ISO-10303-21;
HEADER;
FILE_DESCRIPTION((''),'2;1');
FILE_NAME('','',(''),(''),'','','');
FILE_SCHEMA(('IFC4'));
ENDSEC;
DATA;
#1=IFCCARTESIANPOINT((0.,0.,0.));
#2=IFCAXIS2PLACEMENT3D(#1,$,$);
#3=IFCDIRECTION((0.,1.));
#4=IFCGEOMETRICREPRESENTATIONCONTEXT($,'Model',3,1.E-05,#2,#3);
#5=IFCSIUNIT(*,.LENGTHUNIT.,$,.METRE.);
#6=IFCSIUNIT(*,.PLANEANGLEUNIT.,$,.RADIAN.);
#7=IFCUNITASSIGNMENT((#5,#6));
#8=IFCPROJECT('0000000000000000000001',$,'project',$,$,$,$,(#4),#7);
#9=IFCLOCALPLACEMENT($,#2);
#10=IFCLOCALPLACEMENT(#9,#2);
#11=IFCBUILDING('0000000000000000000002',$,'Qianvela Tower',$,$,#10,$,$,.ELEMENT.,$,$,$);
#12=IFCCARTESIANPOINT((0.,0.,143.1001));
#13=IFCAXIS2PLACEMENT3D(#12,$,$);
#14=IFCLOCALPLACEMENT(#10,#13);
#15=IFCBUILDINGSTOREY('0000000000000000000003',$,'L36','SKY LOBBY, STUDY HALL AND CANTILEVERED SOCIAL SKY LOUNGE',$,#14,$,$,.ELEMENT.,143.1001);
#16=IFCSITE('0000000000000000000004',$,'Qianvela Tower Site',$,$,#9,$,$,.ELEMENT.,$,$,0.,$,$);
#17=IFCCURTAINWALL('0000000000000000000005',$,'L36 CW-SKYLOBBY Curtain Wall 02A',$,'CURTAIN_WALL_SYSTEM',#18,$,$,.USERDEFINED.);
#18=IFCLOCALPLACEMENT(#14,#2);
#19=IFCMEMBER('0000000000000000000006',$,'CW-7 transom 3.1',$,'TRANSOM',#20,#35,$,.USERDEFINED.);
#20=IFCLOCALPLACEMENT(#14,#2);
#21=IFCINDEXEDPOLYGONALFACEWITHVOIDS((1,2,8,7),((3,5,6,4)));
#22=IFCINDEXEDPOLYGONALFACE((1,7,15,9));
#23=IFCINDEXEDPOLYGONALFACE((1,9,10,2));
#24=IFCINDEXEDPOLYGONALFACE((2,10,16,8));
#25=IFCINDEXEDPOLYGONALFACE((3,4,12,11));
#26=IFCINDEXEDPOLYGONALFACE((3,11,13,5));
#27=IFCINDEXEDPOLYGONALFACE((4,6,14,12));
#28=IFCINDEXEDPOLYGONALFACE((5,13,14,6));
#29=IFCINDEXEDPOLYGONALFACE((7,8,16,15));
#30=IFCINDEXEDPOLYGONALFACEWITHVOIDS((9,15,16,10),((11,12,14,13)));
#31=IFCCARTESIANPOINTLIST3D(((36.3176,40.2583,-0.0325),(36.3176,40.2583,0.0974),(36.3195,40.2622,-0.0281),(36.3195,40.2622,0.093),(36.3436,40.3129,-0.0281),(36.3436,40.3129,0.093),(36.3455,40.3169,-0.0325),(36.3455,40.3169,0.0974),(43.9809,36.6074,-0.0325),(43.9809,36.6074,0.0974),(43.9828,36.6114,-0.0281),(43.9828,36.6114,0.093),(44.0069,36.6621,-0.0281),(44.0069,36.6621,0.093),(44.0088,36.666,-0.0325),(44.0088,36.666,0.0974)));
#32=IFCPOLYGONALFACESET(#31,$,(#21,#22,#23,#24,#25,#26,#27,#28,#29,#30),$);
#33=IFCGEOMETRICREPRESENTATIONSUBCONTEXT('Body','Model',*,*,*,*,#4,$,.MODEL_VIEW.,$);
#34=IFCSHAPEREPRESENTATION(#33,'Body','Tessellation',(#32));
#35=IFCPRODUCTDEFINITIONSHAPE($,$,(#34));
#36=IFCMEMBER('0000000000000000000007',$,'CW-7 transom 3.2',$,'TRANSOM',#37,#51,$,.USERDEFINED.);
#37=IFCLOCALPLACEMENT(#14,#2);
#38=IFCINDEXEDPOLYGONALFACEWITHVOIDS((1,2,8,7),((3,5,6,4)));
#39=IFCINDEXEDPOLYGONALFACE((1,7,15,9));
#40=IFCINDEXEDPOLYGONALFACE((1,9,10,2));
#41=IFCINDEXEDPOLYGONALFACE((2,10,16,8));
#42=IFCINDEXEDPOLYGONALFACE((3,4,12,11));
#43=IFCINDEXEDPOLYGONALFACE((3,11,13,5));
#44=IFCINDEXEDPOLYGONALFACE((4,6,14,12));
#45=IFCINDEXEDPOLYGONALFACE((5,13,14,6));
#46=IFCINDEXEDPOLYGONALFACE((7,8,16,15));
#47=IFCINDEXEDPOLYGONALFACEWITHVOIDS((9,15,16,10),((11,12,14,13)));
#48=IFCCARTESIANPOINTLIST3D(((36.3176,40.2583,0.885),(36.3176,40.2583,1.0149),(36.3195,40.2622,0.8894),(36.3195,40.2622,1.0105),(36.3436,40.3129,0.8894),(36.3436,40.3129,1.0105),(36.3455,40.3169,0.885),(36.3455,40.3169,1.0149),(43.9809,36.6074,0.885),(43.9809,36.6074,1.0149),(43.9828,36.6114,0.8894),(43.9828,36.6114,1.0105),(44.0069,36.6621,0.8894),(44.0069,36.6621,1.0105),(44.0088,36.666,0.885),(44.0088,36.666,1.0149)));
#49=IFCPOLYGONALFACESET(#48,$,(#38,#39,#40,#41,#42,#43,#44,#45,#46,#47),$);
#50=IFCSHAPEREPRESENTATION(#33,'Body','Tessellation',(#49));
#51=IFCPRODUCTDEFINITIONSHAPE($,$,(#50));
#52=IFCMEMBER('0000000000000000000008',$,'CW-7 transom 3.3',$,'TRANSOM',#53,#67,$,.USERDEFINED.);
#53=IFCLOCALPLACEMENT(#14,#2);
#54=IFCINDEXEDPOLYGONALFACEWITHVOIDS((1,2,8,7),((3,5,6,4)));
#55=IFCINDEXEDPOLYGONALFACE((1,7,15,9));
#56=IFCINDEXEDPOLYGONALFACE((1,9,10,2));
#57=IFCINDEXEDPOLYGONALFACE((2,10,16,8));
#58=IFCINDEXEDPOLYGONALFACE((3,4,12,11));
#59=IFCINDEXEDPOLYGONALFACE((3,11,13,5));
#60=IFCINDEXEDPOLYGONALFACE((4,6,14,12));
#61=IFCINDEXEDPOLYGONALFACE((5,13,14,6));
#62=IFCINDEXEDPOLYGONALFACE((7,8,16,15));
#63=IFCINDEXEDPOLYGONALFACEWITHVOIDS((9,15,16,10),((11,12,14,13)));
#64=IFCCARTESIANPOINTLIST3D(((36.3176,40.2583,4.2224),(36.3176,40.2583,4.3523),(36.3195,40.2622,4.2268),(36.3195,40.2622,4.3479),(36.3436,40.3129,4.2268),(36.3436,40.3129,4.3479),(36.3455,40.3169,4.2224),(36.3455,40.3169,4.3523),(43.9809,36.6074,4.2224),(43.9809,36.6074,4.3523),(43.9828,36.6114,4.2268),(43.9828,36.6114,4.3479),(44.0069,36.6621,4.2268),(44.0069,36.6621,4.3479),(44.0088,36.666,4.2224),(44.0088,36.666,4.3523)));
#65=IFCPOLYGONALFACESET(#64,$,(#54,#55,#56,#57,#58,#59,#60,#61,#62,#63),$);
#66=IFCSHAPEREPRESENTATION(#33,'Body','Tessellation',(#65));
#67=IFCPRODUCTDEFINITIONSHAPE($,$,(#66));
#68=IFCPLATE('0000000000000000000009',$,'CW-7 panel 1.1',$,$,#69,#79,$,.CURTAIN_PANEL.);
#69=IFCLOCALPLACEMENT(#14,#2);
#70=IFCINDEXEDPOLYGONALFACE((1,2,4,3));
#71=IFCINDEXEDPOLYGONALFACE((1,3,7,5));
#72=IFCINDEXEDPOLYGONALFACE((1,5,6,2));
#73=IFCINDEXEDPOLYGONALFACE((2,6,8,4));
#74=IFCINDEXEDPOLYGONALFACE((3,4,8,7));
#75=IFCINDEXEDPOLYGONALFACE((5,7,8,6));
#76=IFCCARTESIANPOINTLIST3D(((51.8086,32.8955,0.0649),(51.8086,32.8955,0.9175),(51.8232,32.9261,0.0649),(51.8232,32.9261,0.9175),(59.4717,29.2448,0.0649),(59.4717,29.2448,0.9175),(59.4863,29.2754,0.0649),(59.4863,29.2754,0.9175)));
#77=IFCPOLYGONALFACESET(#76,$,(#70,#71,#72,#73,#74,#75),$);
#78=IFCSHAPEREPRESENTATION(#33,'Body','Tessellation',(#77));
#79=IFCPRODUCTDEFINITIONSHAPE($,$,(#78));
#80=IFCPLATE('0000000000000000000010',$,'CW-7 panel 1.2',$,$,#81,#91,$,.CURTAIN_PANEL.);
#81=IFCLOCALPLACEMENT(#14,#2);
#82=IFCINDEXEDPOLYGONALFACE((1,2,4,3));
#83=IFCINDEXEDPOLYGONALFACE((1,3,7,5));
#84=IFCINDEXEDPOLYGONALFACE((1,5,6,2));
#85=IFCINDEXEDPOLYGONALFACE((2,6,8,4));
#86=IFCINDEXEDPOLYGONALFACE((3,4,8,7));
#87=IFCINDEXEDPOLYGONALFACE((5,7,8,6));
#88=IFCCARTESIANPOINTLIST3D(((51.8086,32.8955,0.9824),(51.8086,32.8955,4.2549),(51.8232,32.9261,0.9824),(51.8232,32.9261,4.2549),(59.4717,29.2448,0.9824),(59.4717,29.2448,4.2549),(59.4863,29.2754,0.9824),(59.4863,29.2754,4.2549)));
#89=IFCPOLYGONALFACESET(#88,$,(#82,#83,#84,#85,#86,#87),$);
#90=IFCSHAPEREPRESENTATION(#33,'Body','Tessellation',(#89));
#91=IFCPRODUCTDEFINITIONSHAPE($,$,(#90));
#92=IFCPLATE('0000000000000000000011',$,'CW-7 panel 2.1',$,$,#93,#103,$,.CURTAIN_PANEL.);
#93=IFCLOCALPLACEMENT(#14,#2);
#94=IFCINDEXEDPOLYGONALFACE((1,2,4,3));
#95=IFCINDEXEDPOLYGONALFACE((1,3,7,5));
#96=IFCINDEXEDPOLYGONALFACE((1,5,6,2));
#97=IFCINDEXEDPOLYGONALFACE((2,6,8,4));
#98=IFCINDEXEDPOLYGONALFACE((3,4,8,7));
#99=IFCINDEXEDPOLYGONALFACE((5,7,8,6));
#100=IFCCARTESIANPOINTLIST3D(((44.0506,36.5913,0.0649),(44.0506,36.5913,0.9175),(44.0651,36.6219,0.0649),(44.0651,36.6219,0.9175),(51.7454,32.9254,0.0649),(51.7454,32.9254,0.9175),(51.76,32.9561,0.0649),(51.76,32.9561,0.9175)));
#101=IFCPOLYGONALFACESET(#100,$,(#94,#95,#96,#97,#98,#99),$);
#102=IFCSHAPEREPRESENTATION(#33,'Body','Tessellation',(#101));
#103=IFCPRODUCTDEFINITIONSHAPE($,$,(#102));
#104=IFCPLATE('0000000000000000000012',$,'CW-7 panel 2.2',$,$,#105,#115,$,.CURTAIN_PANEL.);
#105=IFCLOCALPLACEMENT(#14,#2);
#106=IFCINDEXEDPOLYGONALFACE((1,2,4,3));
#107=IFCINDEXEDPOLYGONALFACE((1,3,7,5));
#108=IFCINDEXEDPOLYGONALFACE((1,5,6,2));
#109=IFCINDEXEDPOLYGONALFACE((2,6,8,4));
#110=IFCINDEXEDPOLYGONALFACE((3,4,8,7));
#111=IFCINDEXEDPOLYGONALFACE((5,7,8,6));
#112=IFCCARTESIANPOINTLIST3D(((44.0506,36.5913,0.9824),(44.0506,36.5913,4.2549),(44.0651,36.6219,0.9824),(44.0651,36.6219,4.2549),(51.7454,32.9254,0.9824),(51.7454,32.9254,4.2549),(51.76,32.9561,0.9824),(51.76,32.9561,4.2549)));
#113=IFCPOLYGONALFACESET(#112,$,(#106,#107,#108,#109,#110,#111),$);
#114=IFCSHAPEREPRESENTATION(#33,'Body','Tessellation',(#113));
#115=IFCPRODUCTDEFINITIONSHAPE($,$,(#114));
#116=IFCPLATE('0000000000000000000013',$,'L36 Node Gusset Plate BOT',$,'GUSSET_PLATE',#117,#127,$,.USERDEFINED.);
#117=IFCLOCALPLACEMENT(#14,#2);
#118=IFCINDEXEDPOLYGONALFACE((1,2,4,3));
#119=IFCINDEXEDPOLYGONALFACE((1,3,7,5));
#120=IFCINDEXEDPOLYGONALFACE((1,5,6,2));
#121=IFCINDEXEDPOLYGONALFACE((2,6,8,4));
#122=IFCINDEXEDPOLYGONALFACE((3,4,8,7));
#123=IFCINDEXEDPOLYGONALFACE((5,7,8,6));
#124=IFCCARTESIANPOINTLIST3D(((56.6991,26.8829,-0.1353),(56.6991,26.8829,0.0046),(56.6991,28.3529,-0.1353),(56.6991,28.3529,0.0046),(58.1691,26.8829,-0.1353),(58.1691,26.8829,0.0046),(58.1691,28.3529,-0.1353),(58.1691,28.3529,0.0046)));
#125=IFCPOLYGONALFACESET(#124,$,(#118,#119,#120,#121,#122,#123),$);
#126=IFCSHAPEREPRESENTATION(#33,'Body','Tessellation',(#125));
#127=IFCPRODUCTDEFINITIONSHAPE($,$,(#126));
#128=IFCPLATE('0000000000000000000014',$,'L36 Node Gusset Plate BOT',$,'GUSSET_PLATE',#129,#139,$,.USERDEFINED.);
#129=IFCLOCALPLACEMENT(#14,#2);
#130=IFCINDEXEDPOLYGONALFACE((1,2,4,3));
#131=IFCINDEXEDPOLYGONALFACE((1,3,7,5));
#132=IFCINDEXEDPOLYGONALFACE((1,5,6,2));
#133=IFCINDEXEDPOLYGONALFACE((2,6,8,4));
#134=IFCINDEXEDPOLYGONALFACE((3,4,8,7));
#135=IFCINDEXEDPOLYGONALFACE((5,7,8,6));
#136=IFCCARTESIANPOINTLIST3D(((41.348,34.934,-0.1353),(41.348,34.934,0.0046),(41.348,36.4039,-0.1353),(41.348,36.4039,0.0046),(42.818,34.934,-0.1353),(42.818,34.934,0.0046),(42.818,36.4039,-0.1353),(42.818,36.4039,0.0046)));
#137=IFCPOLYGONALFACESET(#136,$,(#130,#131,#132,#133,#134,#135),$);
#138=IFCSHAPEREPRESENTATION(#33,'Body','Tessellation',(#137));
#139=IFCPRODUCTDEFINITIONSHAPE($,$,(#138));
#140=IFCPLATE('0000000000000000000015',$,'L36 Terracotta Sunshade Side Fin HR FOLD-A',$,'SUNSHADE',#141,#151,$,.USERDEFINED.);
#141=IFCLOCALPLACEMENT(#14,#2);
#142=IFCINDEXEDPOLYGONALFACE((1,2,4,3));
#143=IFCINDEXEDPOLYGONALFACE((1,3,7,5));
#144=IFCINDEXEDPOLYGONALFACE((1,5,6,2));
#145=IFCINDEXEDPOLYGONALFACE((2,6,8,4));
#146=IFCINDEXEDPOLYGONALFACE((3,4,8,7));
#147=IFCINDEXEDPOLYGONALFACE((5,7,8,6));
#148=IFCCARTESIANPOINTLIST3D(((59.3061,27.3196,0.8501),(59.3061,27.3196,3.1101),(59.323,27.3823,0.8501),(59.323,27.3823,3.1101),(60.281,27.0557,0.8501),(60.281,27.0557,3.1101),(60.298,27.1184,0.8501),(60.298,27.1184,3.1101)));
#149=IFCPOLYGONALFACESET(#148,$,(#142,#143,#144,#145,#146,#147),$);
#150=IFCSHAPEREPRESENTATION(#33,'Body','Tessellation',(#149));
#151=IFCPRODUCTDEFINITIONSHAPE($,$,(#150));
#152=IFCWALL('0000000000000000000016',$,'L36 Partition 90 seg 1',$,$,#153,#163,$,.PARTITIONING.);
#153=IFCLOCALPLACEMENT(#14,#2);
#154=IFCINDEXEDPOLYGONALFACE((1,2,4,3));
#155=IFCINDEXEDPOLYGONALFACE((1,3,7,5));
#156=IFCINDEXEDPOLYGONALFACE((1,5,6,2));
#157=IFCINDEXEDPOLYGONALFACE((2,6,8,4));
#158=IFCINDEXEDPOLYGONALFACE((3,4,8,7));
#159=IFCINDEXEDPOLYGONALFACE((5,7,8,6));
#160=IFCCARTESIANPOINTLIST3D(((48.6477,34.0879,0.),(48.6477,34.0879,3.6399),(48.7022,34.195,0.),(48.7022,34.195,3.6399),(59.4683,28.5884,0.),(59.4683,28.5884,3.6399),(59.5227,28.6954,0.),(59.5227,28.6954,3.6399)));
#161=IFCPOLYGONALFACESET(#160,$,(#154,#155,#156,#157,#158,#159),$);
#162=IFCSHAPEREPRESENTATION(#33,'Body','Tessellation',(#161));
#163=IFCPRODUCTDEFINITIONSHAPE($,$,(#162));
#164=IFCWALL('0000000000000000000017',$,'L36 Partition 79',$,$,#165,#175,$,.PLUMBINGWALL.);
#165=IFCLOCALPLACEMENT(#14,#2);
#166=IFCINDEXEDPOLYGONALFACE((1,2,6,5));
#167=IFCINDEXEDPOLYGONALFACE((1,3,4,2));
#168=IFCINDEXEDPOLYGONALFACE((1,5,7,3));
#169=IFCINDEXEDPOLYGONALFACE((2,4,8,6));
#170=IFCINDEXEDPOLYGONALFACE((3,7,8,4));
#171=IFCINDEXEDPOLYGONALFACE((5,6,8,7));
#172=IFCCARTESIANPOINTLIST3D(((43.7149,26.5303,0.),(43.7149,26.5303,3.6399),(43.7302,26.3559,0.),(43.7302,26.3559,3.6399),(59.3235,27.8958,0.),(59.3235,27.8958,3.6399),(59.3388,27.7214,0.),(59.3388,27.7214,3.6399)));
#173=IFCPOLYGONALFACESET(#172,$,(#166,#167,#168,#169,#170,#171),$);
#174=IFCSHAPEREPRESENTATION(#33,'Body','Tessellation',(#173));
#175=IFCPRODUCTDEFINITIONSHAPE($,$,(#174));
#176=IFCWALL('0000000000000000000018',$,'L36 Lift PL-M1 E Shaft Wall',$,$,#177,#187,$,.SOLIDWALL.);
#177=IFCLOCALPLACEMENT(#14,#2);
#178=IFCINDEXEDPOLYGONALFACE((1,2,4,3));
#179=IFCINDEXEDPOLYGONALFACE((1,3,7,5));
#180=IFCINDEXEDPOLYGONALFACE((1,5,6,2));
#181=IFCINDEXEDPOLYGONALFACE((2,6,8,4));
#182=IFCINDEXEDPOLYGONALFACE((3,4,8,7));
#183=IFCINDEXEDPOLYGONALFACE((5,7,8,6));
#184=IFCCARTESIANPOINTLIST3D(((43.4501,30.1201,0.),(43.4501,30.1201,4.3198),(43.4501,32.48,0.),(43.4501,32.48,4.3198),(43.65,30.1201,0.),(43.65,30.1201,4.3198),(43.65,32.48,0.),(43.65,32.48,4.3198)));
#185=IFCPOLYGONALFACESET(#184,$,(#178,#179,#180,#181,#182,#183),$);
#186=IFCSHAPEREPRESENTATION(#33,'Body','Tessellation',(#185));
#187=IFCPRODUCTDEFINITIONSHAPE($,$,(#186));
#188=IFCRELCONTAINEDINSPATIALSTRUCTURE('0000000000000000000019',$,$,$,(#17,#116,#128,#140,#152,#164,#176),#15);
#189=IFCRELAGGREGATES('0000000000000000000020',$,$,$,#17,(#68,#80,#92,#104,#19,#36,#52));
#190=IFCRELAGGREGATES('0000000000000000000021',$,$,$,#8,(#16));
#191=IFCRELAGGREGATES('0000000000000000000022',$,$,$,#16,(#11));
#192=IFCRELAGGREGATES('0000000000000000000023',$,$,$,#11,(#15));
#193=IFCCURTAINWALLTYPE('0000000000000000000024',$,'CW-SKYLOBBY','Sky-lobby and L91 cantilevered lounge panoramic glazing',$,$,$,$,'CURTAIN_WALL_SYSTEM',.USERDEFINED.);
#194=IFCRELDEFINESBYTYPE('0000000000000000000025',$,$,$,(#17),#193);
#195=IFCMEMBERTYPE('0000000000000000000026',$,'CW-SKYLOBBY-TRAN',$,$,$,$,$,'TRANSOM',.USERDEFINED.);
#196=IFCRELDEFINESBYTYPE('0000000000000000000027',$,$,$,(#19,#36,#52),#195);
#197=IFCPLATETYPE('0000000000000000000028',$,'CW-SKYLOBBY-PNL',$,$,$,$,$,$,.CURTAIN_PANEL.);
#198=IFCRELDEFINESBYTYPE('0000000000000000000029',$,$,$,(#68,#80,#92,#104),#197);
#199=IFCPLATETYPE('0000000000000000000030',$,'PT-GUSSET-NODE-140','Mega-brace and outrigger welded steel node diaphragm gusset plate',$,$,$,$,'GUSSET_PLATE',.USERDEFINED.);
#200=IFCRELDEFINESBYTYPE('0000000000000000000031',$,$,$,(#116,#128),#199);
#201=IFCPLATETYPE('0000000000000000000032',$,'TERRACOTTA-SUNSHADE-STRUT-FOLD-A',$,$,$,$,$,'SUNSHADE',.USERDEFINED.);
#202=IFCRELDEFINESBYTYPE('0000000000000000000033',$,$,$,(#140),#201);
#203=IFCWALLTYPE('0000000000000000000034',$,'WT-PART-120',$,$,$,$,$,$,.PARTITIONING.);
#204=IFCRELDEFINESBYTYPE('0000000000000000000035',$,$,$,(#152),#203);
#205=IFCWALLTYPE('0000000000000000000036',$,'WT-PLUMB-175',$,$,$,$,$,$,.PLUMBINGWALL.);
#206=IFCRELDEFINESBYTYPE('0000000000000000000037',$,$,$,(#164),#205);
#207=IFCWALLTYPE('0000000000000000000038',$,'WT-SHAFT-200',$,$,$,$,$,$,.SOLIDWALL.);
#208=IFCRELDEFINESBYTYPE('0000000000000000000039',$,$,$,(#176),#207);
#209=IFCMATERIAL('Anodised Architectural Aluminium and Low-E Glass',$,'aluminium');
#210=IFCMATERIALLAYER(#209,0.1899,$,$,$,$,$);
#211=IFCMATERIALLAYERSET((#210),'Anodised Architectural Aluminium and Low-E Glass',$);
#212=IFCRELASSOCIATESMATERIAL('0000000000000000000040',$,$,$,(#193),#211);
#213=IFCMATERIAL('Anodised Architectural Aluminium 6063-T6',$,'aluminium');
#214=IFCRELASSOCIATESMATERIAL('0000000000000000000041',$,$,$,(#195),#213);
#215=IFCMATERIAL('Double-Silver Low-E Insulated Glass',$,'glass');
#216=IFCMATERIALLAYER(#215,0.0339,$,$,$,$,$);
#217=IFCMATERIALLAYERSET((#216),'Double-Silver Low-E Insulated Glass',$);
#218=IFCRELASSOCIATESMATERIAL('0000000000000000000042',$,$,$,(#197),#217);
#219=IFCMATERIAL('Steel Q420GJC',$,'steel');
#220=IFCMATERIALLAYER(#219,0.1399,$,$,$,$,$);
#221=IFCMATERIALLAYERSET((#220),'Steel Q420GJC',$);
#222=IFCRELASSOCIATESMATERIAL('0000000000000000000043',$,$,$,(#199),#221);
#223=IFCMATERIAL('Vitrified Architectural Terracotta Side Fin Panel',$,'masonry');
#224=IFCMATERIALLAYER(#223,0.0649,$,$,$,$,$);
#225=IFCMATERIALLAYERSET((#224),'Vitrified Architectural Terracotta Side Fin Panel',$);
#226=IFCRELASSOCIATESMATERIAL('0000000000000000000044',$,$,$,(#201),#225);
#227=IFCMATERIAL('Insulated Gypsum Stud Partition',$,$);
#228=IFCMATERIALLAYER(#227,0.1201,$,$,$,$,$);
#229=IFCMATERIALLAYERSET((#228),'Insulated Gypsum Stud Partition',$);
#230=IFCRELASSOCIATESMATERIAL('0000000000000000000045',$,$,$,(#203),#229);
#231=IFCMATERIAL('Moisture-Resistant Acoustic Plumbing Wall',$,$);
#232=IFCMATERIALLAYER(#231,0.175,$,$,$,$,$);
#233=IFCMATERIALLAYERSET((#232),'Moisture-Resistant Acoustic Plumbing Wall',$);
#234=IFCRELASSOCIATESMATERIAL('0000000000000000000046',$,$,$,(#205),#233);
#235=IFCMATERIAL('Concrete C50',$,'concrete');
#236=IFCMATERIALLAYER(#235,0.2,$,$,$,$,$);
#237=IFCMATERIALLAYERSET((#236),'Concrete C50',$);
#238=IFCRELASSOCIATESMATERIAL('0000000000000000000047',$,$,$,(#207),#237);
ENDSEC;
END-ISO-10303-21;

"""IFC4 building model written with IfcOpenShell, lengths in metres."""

from ifc_helpers import new_model, si_unit, direction, frame, frame_2d, origin, origin_2d, place, context, subcontext, project, spatial, rectangle, hollow_rectangle, extrude, material, layer, layer_set, material_profile, profile_set, type_object, element, aggregate, save


model = new_model("IFC4")

# Units and contexts
model_context = context("Model", 3, precision=1e-05, world=origin(), true_north=direction((0.0, 1.0)))
body_context = subcontext(model_context, "Body", "Model", "MODEL_VIEW")
ifc_project = project(units=[si_unit("LENGTHUNIT", "METRE"), si_unit("PLANEANGLEUNIT", "RADIAN")], contexts=[model_context])

# Site, building, storey
site_placement = place(None, origin())
site = spatial("IfcSite", under=ifc_project, at=site_placement, Name="Qianvela Tower Site", CompositionType="ELEMENT", RefElevation=0.0)
building_placement = place(site_placement, origin())
building = spatial("IfcBuilding", under=site, at=building_placement, Name="Qianvela Tower", CompositionType="ELEMENT")
storey_placement = place(building_placement, frame((0.0, 0.0, 143.1001)))
storey = spatial("IfcBuildingStorey", under=building, at=storey_placement, Name="L36", Description="SKY LOBBY, STUDY HALL AND CANTILEVERED SOCIAL SKY LOUNGE", CompositionType="ELEMENT", Elevation=143.1001)

# Curtain wall, members, plates
ifc_material_1 = material(Name="Anodised Architectural Aluminium and Low-E Glass", Category="aluminium")
ifc_layer_1 = layer(ifc_material_1, 0.1899)
ifc_layer_set_1 = layer_set([ifc_layer_1], Name="Anodised Architectural Aluminium and Low-E Glass")
curtain_wall_type = type_object("IfcCurtainWallType", Name="CW-SKYLOBBY", Description="Sky-lobby and L91 cantilevered lounge panoramic glazing", ElementType="CURTAIN_WALL_SYSTEM", PredefinedType="USERDEFINED", material=ifc_layer_set_1)
curtain_wall_placement = place(storey_placement, origin())
curtain_wall = element("IfcCurtainWall", 1, at=curtain_wall_placement, inside=storey, type_object=curtain_wall_type, Name="L36 CW-SKYLOBBY Curtain Wall 02A", ObjectType="CURTAIN_WALL_SYSTEM", PredefinedType="USERDEFINED")
ifc_material_2 = material(Name="Anodised Architectural Aluminium 6063-T6", Category="aluminium")
ifc_material_profile_1 = material_profile(ifc_material_2, hollow_rectangle(XDim=0.0649, YDim=0.1299, WallThickness=0.0044, at=origin_2d()), Name="ALU-TRAN-65x130")
ifc_profile_set_1 = profile_set([ifc_material_profile_1], Name="Anodised Architectural Aluminium 6063-T6")
member_type_1 = type_object("IfcMemberType", Name="CW-SKYLOBBY-TRAN", ElementType="TRANSOM", PredefinedType="USERDEFINED", material=ifc_profile_set_1)
member_1_placement = place(storey_placement, frame((43.9949, 36.6367, 0.0325), z_axis=(-0.902784, 0.430094, 0.0), x_axis=(-0.430094, -0.902784, 0.0)))
member_1 = element("IfcMember", 2, at=member_1_placement, type_object=member_type_1, Name="CW-7 transom 3.1", ObjectType="TRANSOM", PredefinedType="USERDEFINED", context=body_context, shape_type="SweptSolid", body=[
    extrude(hollow_rectangle(XDim=0.0649, YDim=0.1299, WallThickness=0.0044, at=origin_2d()), origin(), (0.0, 0.0, 1.0), 8.4885),
])
member_2_placement = place(storey_placement, frame((43.9949, 36.6367, 0.95), z_axis=(-0.902784, 0.430094, 0.0), x_axis=(-0.430094, -0.902784, 0.0)))
member_2 = element("IfcMember", 3, at=member_2_placement, type_object=member_type_1, Name="CW-7 transom 3.2", ObjectType="TRANSOM", PredefinedType="USERDEFINED", context=body_context, shape_type="SweptSolid", body=[
    extrude(hollow_rectangle(XDim=0.0649, YDim=0.1299, WallThickness=0.0044, at=origin_2d()), origin(), (0.0, 0.0, 1.0), 8.4885),
])
member_3_placement = place(storey_placement, frame((43.9949, 36.6367, 4.2874), z_axis=(-0.902784, 0.430094, 0.0), x_axis=(-0.430094, -0.902784, 0.0)))
member_3 = element("IfcMember", 4, at=member_3_placement, type_object=member_type_1, Name="CW-7 transom 3.3", ObjectType="TRANSOM", PredefinedType="USERDEFINED", context=body_context, shape_type="SweptSolid", body=[
    extrude(hollow_rectangle(XDim=0.0649, YDim=0.1299, WallThickness=0.0044, at=origin_2d()), origin(), (0.0, 0.0, 1.0), 8.4885),
])
ifc_material_3 = material(Name="Double-Silver Low-E Insulated Glass", Category="glass")
ifc_layer_2 = layer(ifc_material_3, 0.0339)
ifc_layer_set_2 = layer_set([ifc_layer_2], Name="Double-Silver Low-E Insulated Glass")
plate_type_1 = type_object("IfcPlateType", Name="CW-SKYLOBBY-PNL", PredefinedType="CURTAIN_PANEL", material=ifc_layer_set_2)
plate_1_placement = place(storey_placement, frame((55.6475, 31.0854, 0.0649), z_axis=(0.0, 0.0, 1.0), x_axis=(-0.902787, 0.430088, 0.0)))
plate_1 = element("IfcPlate", 5, at=plate_1_placement, type_object=plate_type_1, Name="CW-7 panel 1.1", PredefinedType="CURTAIN_PANEL", context=body_context, shape_type="SweptSolid", body=[
    extrude(rectangle(XDim=8.4883, YDim=0.0339, at=origin_2d()), origin(), (0.0, 0.0, 1.0), 0.8525),
])
plate_2_placement = place(storey_placement, frame((55.6475, 31.0854, 0.9824), z_axis=(0.0, 0.0, 1.0), x_axis=(-0.902787, 0.430088, 0.0)))
plate_2 = element("IfcPlate", 6, at=plate_2_placement, type_object=plate_type_1, Name="CW-7 panel 1.2", PredefinedType="CURTAIN_PANEL", context=body_context, shape_type="SweptSolid", body=[
    extrude(rectangle(XDim=8.4883, YDim=0.0339, at=origin_2d()), origin(), (0.0, 0.0, 1.0), 3.2725),
])
plate_3_placement = place(storey_placement, frame((47.9053, 34.7737, 0.0649), z_axis=(0.0, 0.0, 1.0), x_axis=(-0.902787, 0.430088, 0.0)))
plate_3 = element("IfcPlate", 7, at=plate_3_placement, type_object=plate_type_1, Name="CW-7 panel 2.1", PredefinedType="CURTAIN_PANEL", context=body_context, shape_type="SweptSolid", body=[
    extrude(rectangle(XDim=8.5234, YDim=0.0339, at=origin_2d()), origin(), (0.0, 0.0, 1.0), 0.8525),
])
plate_4_placement = place(storey_placement, frame((47.9053, 34.7737, 0.9824), z_axis=(0.0, 0.0, 1.0), x_axis=(-0.902787, 0.430088, 0.0)))
plate_4 = element("IfcPlate", 8, at=plate_4_placement, type_object=plate_type_1, Name="CW-7 panel 2.2", PredefinedType="CURTAIN_PANEL", context=body_context, shape_type="SweptSolid", body=[
    extrude(rectangle(XDim=8.5234, YDim=0.0339, at=origin_2d()), origin(), (0.0, 0.0, 1.0), 3.2725),
])
aggregate(curtain_wall, [plate_1, plate_2, plate_3, plate_4, member_1, member_2, member_3])

# Plates
ifc_material_4 = material(Name="Steel Q420GJC", Category="steel")
ifc_layer_3 = layer(ifc_material_4, 0.1399)
ifc_layer_set_3 = layer_set([ifc_layer_3], Name="Steel Q420GJC")
plate_type_2 = type_object("IfcPlateType", Name="PT-GUSSET-NODE-140", Description="Mega-brace and outrigger welded steel node diaphragm gusset plate", ElementType="GUSSET_PLATE", PredefinedType="USERDEFINED", material=ifc_layer_set_3)
for number, where, z_axis, x_axis, name in (
    (9, (57.4341, 27.6179, -0.1353), (0.0, 0.0, 1.0), (1.0, 0.0, 0.0), "L36 Node Gusset Plate BOT"),
    (10, (42.083, 35.6689, -0.1353), (0.0, 0.0, 1.0), (1.0, 0.0, 0.0), "L36 Node Gusset Plate BOT"),
):
    element("IfcPlate", number, at=place(storey_placement, frame(where, z_axis=z_axis, x_axis=x_axis)), inside=storey, type_object=plate_type_2, Name=name, ObjectType="GUSSET_PLATE", PredefinedType="USERDEFINED", context=body_context, shape_type="SweptSolid", body=[
        extrude(rectangle(XDim=1.47, YDim=1.47, at=origin_2d()), origin(), (0.0, 0.0, 1.0), 0.1399),
    ])
ifc_material_5 = material(Name="Vitrified Architectural Terracotta Side Fin Panel", Category="masonry")
ifc_layer_4 = layer(ifc_material_5, 0.0649)
ifc_layer_set_4 = layer_set([ifc_layer_4], Name="Vitrified Architectural Terracotta Side Fin Panel")
plate_type_3 = type_object("IfcPlateType", Name="TERRACOTTA-SUNSHADE-STRUT-FOLD-A", ElementType="SUNSHADE", PredefinedType="USERDEFINED", material=ifc_layer_set_4)
plate_5_placement = place(storey_placement, frame((59.802, 27.219, 0.8501), z_axis=(0.0, 0.0, 1.0), x_axis=(0.261232, 0.965276, 0.0)))
element("IfcPlate", 11, at=plate_5_placement, inside=storey, type_object=plate_type_3, Name="L36 Terracotta Sunshade Side Fin HR FOLD-A", ObjectType="SUNSHADE", PredefinedType="USERDEFINED", context=body_context, shape_type="SweptSolid", body=[
    extrude(rectangle(XDim=0.0649, YDim=1.01, at=origin_2d()), origin(), (0.0, 0.0, 1.0), 2.26),
])

# Walls
ifc_material_6 = material(Name="Insulated Gypsum Stud Partition")
ifc_layer_5 = layer(ifc_material_6, 0.1201)
ifc_layer_set_5 = layer_set([ifc_layer_5], Name="Insulated Gypsum Stud Partition")
wall_type_1 = type_object("IfcWallType", Name="WT-PART-120", PredefinedType="PARTITIONING", material=ifc_layer_set_5)
wall_1_placement = place(storey_placement, frame((48.675, 34.1414, 0.0), z_axis=(0.0, 0.0, 1.0), x_axis=(0.891467, -0.453085, 0.0)))
element("IfcWall", 12, at=wall_1_placement, inside=storey, type_object=wall_type_1, Name="L36 Partition 90 seg 1", PredefinedType="PARTITIONING", context=body_context, shape_type="SweptSolid", body=[
    extrude(rectangle(XDim=12.1379, YDim=0.1201, at=frame_2d((6.0688, 0.0))), origin(), (0.0, 0.0, 1.0), 3.6399),
])
ifc_material_7 = material(Name="Moisture-Resistant Acoustic Plumbing Wall")
ifc_layer_6 = layer(ifc_material_7, 0.175)
ifc_layer_set_6 = layer_set([ifc_layer_6], Name="Moisture-Resistant Acoustic Plumbing Wall")
wall_type_2 = type_object("IfcWallType", Name="WT-PLUMB-175", PredefinedType="PLUMBINGWALL", material=ifc_layer_set_6)
wall_2_placement = place(storey_placement, frame((43.7227, 26.4431, 0.0), z_axis=(0.0, 0.0, 1.0), x_axis=(0.996195, 0.087149, 0.0)))
element("IfcWall", 13, at=wall_2_placement, inside=storey, type_object=wall_type_2, Name="L36 Partition 79", PredefinedType="PLUMBINGWALL", context=body_context, shape_type="SweptSolid", body=[
    extrude(rectangle(XDim=15.6682, YDim=0.175, at=frame_2d((7.834, 0.0))), origin(), (0.0, 0.0, 1.0), 3.6399),
])
ifc_material_8 = material(Name="Concrete C50", Category="concrete")
ifc_layer_7 = layer(ifc_material_8, 0.2)
ifc_layer_set_7 = layer_set([ifc_layer_7], Name="Concrete C50")
wall_type_3 = type_object("IfcWallType", Name="WT-SHAFT-200", PredefinedType="SOLIDWALL", material=ifc_layer_set_7)
wall_3_placement = place(storey_placement, frame((43.55, 30.1201, 0.0), z_axis=(0.0, 0.0, 1.0), x_axis=(0.0, 1.0, 0.0)))
element("IfcWall", 14, at=wall_3_placement, inside=storey, type_object=wall_type_3, Name="L36 Lift PL-M1 E Shaft Wall", PredefinedType="SOLIDWALL", context=body_context, shape_type="SweptSolid", body=[
    extrude(rectangle(XDim=2.3599, YDim=0.2, at=frame_2d((1.1799, 0.0))), origin(), (0.0, 0.0, 1.0), 4.3198),
])

save(model, "model.ifc")
